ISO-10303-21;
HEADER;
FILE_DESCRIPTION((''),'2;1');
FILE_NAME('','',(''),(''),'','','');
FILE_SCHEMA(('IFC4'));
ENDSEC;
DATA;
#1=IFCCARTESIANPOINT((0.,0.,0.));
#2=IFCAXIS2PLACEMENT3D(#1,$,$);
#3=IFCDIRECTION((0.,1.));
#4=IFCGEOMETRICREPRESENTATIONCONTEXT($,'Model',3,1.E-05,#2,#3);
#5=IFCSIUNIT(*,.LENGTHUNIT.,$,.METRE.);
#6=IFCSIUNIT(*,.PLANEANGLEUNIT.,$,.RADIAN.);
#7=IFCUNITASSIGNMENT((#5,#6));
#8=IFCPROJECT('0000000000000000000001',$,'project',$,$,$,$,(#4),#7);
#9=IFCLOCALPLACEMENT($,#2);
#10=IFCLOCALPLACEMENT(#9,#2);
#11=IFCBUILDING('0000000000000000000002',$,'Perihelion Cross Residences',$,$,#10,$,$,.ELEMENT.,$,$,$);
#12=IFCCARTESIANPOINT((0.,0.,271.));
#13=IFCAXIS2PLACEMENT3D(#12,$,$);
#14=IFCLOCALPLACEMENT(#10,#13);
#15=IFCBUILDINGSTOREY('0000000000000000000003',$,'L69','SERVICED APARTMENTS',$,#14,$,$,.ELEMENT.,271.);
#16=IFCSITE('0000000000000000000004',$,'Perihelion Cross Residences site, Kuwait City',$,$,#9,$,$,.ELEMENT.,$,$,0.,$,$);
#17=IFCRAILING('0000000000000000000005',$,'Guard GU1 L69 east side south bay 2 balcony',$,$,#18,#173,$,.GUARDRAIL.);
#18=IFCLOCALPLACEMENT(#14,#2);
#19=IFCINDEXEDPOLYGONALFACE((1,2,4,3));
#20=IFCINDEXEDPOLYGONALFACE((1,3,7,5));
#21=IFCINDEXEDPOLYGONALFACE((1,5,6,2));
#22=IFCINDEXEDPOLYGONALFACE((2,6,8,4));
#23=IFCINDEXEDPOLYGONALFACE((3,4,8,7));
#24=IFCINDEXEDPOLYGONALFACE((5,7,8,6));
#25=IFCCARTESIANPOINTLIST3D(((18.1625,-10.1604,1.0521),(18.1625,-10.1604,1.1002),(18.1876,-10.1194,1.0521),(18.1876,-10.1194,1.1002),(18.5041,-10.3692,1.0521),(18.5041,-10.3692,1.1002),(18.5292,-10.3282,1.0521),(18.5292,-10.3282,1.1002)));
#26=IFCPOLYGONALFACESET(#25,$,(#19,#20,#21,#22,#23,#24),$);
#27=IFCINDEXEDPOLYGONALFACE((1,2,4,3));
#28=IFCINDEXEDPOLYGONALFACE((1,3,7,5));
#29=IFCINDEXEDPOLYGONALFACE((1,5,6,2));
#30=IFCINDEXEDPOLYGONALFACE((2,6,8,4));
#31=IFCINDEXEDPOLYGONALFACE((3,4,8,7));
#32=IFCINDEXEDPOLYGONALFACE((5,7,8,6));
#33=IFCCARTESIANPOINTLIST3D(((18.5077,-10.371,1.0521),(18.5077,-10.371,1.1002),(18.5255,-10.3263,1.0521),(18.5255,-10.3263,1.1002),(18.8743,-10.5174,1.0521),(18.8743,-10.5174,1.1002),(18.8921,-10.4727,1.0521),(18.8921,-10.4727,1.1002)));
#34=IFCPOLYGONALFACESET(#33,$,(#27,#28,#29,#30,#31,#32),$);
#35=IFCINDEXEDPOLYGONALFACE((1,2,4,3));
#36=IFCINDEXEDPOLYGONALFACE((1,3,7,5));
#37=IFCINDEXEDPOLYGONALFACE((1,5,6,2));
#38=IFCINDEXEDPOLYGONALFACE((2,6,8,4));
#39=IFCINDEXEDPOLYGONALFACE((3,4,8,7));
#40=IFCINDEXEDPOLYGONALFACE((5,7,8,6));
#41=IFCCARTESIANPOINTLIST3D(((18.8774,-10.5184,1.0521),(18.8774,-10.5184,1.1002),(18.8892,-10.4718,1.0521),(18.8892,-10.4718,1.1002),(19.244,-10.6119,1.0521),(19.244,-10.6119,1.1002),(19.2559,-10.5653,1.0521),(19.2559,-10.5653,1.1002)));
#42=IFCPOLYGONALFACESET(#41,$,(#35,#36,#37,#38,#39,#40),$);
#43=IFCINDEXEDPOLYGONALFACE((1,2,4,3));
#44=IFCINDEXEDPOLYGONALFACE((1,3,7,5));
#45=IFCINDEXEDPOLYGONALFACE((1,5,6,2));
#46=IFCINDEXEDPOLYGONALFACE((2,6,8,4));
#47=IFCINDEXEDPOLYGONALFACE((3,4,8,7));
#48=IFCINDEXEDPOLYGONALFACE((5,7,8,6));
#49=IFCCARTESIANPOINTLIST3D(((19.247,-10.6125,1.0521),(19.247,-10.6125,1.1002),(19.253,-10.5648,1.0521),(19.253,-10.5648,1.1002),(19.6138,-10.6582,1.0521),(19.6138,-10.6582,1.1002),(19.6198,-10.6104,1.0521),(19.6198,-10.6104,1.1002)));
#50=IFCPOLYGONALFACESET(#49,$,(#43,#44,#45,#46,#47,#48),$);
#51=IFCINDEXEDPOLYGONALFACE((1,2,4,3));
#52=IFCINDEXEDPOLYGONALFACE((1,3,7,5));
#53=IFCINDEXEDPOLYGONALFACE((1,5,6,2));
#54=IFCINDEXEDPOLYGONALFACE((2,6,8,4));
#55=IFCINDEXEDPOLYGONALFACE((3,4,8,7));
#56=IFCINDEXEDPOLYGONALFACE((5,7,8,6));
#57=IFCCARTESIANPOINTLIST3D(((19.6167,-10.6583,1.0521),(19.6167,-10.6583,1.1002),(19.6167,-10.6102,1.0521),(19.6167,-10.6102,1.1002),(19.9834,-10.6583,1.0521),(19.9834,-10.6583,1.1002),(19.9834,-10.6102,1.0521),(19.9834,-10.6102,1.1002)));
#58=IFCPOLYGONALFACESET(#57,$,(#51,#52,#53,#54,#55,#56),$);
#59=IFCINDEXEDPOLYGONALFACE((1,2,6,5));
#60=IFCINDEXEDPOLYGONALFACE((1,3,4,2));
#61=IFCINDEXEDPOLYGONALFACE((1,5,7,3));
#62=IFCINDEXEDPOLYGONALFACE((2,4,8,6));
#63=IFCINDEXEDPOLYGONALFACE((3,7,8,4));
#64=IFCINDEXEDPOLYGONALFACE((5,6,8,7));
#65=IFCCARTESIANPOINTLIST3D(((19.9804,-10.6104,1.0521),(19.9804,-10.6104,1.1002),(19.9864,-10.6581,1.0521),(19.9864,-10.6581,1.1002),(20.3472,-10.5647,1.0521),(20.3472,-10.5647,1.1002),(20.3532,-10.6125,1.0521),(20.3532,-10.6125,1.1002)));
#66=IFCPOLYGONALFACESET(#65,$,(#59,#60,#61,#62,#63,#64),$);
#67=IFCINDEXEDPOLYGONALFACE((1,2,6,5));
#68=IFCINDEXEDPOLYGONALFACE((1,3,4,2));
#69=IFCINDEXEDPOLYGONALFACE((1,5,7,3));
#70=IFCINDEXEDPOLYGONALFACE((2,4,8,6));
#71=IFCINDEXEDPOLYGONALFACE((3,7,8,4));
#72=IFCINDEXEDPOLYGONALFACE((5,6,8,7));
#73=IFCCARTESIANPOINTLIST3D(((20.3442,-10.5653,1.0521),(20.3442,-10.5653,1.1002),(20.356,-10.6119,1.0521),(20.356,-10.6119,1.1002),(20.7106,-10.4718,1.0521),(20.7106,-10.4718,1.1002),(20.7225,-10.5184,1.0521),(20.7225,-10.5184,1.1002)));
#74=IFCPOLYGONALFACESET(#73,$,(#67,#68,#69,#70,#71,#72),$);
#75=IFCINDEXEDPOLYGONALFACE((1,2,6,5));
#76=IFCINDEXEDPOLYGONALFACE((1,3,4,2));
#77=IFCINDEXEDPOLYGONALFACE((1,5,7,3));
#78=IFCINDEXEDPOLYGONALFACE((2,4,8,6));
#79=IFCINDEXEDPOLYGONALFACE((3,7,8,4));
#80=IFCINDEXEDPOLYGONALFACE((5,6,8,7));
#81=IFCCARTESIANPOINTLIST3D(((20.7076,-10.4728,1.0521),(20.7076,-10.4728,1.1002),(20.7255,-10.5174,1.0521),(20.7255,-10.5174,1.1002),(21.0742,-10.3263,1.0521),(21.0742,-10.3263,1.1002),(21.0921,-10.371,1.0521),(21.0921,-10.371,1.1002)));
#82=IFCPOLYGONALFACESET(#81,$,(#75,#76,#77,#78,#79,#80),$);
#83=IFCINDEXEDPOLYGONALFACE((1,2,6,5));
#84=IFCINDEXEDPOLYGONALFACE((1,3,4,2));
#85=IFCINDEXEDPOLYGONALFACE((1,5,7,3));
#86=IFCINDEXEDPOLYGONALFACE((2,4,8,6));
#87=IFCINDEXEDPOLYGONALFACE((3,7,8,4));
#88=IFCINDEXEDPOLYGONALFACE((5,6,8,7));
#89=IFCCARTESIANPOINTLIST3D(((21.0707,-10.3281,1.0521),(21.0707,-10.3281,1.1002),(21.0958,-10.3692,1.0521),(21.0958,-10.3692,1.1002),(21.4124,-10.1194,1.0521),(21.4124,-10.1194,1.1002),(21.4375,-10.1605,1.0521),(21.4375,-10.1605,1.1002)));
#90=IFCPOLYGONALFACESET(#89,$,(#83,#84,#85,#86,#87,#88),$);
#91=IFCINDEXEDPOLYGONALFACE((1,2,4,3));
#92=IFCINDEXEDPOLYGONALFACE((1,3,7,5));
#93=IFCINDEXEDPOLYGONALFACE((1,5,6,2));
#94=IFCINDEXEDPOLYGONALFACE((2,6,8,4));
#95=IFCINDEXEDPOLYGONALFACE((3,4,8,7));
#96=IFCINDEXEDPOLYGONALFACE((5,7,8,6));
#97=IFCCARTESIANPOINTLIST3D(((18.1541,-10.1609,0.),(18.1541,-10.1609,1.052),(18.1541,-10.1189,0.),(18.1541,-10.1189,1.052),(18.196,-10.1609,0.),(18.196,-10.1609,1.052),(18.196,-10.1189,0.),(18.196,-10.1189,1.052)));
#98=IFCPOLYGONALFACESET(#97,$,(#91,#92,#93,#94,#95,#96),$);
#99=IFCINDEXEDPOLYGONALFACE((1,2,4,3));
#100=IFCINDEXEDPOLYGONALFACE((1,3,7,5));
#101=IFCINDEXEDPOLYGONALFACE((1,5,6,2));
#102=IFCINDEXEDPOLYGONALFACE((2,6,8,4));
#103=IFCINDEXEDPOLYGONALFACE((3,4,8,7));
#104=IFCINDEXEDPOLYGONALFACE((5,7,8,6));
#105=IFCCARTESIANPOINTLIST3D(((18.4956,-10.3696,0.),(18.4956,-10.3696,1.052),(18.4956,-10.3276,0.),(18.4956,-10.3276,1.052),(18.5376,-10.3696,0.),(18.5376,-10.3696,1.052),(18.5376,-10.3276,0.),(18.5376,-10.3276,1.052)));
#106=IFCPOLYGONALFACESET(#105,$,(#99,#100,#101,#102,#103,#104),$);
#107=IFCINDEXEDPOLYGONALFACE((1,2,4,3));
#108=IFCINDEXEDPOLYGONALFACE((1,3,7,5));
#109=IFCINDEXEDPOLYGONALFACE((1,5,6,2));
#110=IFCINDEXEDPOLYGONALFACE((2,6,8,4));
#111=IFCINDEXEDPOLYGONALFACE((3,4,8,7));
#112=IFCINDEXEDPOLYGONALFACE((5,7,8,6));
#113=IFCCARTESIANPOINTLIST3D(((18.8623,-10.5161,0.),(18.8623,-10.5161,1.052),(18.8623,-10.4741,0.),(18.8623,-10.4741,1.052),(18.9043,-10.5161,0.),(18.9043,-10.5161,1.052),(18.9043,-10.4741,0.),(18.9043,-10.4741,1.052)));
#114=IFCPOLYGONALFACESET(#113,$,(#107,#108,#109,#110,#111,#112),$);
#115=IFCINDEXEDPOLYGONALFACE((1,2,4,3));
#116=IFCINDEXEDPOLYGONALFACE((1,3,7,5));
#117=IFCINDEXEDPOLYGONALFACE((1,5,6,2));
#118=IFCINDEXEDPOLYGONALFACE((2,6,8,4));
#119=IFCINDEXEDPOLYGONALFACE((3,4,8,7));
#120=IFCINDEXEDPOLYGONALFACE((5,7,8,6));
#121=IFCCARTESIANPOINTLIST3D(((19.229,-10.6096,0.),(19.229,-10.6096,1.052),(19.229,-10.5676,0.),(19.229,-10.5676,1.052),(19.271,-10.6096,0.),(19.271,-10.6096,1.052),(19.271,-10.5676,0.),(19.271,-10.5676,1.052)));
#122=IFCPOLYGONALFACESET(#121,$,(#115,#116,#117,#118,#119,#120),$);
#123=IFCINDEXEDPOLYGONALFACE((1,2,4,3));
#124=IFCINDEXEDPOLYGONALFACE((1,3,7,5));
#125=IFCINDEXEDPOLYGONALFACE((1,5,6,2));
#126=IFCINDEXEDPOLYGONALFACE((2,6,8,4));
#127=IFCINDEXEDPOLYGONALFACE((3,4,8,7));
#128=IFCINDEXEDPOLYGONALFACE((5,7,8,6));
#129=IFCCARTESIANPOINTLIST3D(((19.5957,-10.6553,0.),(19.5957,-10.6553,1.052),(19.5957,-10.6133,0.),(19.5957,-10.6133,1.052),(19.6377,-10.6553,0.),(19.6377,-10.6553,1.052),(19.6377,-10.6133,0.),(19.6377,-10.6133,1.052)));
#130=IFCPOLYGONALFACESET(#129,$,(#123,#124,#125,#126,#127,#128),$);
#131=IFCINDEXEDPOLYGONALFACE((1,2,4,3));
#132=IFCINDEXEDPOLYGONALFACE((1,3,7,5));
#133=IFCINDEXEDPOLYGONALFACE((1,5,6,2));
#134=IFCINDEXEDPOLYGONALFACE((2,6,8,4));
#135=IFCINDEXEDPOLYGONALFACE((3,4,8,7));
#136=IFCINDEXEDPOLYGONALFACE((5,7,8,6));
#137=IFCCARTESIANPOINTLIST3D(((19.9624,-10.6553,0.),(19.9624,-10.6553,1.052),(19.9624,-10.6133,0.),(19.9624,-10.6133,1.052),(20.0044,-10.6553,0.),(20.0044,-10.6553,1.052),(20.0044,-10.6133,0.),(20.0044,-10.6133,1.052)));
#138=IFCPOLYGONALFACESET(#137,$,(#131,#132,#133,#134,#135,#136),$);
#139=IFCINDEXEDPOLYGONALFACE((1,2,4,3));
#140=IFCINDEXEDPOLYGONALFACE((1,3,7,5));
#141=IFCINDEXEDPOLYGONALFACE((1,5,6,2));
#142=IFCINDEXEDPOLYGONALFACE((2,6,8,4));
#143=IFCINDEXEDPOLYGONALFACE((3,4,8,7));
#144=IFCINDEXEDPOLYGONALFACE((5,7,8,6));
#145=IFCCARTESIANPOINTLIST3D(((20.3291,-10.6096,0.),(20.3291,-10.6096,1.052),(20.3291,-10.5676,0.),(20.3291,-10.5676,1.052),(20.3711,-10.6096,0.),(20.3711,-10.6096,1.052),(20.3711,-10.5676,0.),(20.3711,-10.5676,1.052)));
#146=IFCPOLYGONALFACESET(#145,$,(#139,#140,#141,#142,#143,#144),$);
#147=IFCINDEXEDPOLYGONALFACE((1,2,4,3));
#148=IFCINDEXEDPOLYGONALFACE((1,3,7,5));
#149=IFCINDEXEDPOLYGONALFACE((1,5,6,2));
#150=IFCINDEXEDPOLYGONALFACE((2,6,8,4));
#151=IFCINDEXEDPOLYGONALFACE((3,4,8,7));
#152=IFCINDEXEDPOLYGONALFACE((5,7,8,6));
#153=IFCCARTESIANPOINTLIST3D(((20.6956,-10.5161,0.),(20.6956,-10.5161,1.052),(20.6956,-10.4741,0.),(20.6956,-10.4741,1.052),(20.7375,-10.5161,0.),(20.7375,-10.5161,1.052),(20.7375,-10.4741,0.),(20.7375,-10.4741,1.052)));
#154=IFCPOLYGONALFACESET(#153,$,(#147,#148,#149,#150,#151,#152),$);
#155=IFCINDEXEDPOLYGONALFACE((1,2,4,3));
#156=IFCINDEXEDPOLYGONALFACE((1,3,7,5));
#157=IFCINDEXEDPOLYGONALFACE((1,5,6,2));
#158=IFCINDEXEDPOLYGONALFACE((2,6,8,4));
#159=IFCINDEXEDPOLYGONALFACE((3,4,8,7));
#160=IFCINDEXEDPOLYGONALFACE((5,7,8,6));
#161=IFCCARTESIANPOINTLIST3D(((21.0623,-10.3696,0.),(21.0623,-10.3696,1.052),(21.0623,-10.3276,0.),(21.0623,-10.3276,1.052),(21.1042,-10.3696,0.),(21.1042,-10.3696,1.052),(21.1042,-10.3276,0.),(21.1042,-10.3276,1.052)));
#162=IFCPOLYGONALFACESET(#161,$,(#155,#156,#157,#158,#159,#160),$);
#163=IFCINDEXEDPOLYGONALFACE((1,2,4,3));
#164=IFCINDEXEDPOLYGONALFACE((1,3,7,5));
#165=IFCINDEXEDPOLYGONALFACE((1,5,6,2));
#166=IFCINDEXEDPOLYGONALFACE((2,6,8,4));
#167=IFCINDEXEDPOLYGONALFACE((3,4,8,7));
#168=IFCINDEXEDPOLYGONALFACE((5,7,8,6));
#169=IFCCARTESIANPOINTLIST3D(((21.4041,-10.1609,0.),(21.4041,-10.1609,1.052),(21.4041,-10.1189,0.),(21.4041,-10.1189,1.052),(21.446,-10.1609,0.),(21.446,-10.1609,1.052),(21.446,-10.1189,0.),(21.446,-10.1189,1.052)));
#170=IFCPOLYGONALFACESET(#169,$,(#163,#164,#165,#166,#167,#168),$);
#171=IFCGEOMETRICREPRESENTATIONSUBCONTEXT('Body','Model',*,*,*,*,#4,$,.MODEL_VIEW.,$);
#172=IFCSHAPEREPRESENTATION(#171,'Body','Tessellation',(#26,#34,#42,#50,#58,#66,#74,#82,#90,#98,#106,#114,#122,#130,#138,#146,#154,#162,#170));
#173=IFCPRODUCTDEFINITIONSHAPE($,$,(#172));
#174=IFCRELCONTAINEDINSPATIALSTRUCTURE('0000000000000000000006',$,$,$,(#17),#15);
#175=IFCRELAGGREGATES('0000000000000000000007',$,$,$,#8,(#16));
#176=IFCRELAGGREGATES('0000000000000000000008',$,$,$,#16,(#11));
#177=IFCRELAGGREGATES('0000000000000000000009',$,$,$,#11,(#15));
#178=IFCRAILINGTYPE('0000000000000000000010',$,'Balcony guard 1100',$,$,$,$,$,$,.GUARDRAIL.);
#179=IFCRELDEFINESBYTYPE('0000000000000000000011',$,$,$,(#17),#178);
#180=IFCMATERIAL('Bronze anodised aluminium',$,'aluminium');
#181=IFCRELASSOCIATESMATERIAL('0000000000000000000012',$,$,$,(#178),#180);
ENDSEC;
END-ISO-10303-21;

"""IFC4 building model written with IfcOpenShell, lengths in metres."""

from ifc_helpers import new_model, si_unit, direction, frame, origin, origin_2d, place, context, subcontext, project, spatial, rectangle, extrude, material, type_object, element, save


model = new_model("IFC4")

# Units and contexts
model_context = context("Model", 3, precision=1e-05, world=origin(), true_north=direction((0.0, 1.0)))
body_context = subcontext(model_context, "Body", "Model", "MODEL_VIEW")
ifc_project = project(units=[si_unit("LENGTHUNIT", "METRE"), si_unit("PLANEANGLEUNIT", "RADIAN")], contexts=[model_context])

# Site, building, storey
site_placement = place(None, origin())
site = spatial("IfcSite", under=ifc_project, at=site_placement, Name="Perihelion Cross Residences site, Kuwait City", CompositionType="ELEMENT", RefElevation=0.0)
building_placement = place(site_placement, origin())
building = spatial("IfcBuilding", under=site, at=building_placement, Name="Perihelion Cross Residences", CompositionType="ELEMENT")
storey_placement = place(building_placement, frame((0.0, 0.0, 271.0)))
storey = spatial("IfcBuildingStorey", under=building, at=storey_placement, Name="L69", Description="SERVICED APARTMENTS", CompositionType="ELEMENT", Elevation=271.0)

# Railing
ifc_material_1 = material(Name="Bronze anodised aluminium", Category="aluminium")
railing_type = type_object("IfcRailingType", Name="Balcony guard 1100", PredefinedType="GUARDRAIL", material=ifc_material_1)
railing_placement = place(storey_placement, frame((18.175, -10.1399, 0.0)))
element("IfcRailing", 1, at=railing_placement, inside=storey, type_object=railing_type, Name="Guard GU1 L69 east side south bay 2 balcony", PredefinedType="GUARDRAIL", context=body_context, shape_type="SweptSolid", body=[
    extrude(rectangle(XDim=0.0481, YDim=0.0481, at=origin_2d()), frame((0.0, 0.0, 1.0762), z_axis=(0.853267, -0.521475, 0.0), x_axis=(0.521475, 0.853267, 0.0)), (0.0, 0.0, 1.0), 0.4004),
    extrude(rectangle(XDim=0.0481, YDim=0.0481, at=origin_2d()), frame((0.3416, -0.2087, 1.0762), z_axis=(0.928647, -0.370964, 0.0), x_axis=(0.370964, 0.928647, 0.0)), (0.0, 0.0, 1.0), 0.3948),
    extrude(rectangle(XDim=0.0481, YDim=0.0481, at=origin_2d()), frame((0.7083, -0.3552, 1.0762), z_axis=(0.968993, -0.247087, 0.0), x_axis=(0.247087, 0.968993, 0.0)), (0.0, 0.0, 1.0), 0.3784),
    extrude(rectangle(XDim=0.0481, YDim=0.0481, at=origin_2d()), frame((1.075, -0.4487, 1.0762), z_axis=(0.992339, -0.123547, 0.0), x_axis=(0.123547, 0.992339, 0.0)), (0.0, 0.0, 1.0), 0.3696),
    extrude(rectangle(XDim=0.0481, YDim=0.0481, at=origin_2d()), frame((1.4417, -0.4944, 1.0762), z_axis=(1.0, 0.0, 0.0), x_axis=(0.0, 1.0, 0.0)), (0.0, 0.0, 1.0), 0.3667),
    extrude(rectangle(XDim=0.0481, YDim=0.0481, at=origin_2d()), frame((1.8083, -0.4944, 1.0762), z_axis=(0.992339, 0.123547, 0.0), x_axis=(-0.123547, 0.992339, 0.0)), (0.0, 0.0, 1.0), 0.3696),
    extrude(rectangle(XDim=0.0481, YDim=0.0481, at=origin_2d()), frame((2.175, -0.4487, 1.0762), z_axis=(0.968954, 0.247241, 0.0), x_axis=(-0.247241, 0.968954, 0.0)), (0.0, 0.0, 1.0), 0.3782),
    extrude(rectangle(XDim=0.0481, YDim=0.0481, at=origin_2d()), frame((2.5415, -0.3552, 1.0762), z_axis=(0.928647, 0.370964, 0.0), x_axis=(-0.370964, 0.928647, 0.0)), (0.0, 0.0, 1.0), 0.3948),
    extrude(rectangle(XDim=0.0481, YDim=0.0481, at=origin_2d()), frame((2.9082, -0.2087, 1.0762), z_axis=(0.853432, 0.521203, 0.0), x_axis=(-0.521203, 0.853432, 0.0)), (0.0, 0.0, 1.0), 0.4004),
    extrude(rectangle(XDim=0.042, YDim=0.042, at=origin_2d()), origin(), (0.0, 0.0, 1.0), 1.052),
    extrude(rectangle(XDim=0.042, YDim=0.042, at=origin_2d()), frame((0.3416, -0.2087, 0.0)), (0.0, 0.0, 1.0), 1.052),
    extrude(rectangle(XDim=0.042, YDim=0.042, at=origin_2d()), frame((0.7083, -0.3552, 0.0)), (0.0, 0.0, 1.0), 1.052),
    extrude(rectangle(XDim=0.042, YDim=0.042, at=origin_2d()), frame((1.075, -0.4487, 0.0)), (0.0, 0.0, 1.0), 1.052),
    extrude(rectangle(XDim=0.042, YDim=0.042, at=origin_2d()), frame((1.4417, -0.4944, 0.0)), (0.0, 0.0, 1.0), 1.052),
    extrude(rectangle(XDim=0.042, YDim=0.042, at=origin_2d()), frame((1.8083, -0.4944, 0.0)), (0.0, 0.0, 1.0), 1.052),
    extrude(rectangle(XDim=0.042, YDim=0.042, at=origin_2d()), frame((2.175, -0.4487, 0.0)), (0.0, 0.0, 1.0), 1.052),
    extrude(rectangle(XDim=0.042, YDim=0.042, at=origin_2d()), frame((2.5415, -0.3552, 0.0)), (0.0, 0.0, 1.0), 1.052),
    extrude(rectangle(XDim=0.042, YDim=0.042, at=origin_2d()), frame((2.9082, -0.2087, 0.0)), (0.0, 0.0, 1.0), 1.052),
    extrude(rectangle(XDim=0.042, YDim=0.042, at=origin_2d()), frame((3.25, 0.0, 0.0)), (0.0, 0.0, 1.0), 1.052),
])

save(model, "model.ifc")
